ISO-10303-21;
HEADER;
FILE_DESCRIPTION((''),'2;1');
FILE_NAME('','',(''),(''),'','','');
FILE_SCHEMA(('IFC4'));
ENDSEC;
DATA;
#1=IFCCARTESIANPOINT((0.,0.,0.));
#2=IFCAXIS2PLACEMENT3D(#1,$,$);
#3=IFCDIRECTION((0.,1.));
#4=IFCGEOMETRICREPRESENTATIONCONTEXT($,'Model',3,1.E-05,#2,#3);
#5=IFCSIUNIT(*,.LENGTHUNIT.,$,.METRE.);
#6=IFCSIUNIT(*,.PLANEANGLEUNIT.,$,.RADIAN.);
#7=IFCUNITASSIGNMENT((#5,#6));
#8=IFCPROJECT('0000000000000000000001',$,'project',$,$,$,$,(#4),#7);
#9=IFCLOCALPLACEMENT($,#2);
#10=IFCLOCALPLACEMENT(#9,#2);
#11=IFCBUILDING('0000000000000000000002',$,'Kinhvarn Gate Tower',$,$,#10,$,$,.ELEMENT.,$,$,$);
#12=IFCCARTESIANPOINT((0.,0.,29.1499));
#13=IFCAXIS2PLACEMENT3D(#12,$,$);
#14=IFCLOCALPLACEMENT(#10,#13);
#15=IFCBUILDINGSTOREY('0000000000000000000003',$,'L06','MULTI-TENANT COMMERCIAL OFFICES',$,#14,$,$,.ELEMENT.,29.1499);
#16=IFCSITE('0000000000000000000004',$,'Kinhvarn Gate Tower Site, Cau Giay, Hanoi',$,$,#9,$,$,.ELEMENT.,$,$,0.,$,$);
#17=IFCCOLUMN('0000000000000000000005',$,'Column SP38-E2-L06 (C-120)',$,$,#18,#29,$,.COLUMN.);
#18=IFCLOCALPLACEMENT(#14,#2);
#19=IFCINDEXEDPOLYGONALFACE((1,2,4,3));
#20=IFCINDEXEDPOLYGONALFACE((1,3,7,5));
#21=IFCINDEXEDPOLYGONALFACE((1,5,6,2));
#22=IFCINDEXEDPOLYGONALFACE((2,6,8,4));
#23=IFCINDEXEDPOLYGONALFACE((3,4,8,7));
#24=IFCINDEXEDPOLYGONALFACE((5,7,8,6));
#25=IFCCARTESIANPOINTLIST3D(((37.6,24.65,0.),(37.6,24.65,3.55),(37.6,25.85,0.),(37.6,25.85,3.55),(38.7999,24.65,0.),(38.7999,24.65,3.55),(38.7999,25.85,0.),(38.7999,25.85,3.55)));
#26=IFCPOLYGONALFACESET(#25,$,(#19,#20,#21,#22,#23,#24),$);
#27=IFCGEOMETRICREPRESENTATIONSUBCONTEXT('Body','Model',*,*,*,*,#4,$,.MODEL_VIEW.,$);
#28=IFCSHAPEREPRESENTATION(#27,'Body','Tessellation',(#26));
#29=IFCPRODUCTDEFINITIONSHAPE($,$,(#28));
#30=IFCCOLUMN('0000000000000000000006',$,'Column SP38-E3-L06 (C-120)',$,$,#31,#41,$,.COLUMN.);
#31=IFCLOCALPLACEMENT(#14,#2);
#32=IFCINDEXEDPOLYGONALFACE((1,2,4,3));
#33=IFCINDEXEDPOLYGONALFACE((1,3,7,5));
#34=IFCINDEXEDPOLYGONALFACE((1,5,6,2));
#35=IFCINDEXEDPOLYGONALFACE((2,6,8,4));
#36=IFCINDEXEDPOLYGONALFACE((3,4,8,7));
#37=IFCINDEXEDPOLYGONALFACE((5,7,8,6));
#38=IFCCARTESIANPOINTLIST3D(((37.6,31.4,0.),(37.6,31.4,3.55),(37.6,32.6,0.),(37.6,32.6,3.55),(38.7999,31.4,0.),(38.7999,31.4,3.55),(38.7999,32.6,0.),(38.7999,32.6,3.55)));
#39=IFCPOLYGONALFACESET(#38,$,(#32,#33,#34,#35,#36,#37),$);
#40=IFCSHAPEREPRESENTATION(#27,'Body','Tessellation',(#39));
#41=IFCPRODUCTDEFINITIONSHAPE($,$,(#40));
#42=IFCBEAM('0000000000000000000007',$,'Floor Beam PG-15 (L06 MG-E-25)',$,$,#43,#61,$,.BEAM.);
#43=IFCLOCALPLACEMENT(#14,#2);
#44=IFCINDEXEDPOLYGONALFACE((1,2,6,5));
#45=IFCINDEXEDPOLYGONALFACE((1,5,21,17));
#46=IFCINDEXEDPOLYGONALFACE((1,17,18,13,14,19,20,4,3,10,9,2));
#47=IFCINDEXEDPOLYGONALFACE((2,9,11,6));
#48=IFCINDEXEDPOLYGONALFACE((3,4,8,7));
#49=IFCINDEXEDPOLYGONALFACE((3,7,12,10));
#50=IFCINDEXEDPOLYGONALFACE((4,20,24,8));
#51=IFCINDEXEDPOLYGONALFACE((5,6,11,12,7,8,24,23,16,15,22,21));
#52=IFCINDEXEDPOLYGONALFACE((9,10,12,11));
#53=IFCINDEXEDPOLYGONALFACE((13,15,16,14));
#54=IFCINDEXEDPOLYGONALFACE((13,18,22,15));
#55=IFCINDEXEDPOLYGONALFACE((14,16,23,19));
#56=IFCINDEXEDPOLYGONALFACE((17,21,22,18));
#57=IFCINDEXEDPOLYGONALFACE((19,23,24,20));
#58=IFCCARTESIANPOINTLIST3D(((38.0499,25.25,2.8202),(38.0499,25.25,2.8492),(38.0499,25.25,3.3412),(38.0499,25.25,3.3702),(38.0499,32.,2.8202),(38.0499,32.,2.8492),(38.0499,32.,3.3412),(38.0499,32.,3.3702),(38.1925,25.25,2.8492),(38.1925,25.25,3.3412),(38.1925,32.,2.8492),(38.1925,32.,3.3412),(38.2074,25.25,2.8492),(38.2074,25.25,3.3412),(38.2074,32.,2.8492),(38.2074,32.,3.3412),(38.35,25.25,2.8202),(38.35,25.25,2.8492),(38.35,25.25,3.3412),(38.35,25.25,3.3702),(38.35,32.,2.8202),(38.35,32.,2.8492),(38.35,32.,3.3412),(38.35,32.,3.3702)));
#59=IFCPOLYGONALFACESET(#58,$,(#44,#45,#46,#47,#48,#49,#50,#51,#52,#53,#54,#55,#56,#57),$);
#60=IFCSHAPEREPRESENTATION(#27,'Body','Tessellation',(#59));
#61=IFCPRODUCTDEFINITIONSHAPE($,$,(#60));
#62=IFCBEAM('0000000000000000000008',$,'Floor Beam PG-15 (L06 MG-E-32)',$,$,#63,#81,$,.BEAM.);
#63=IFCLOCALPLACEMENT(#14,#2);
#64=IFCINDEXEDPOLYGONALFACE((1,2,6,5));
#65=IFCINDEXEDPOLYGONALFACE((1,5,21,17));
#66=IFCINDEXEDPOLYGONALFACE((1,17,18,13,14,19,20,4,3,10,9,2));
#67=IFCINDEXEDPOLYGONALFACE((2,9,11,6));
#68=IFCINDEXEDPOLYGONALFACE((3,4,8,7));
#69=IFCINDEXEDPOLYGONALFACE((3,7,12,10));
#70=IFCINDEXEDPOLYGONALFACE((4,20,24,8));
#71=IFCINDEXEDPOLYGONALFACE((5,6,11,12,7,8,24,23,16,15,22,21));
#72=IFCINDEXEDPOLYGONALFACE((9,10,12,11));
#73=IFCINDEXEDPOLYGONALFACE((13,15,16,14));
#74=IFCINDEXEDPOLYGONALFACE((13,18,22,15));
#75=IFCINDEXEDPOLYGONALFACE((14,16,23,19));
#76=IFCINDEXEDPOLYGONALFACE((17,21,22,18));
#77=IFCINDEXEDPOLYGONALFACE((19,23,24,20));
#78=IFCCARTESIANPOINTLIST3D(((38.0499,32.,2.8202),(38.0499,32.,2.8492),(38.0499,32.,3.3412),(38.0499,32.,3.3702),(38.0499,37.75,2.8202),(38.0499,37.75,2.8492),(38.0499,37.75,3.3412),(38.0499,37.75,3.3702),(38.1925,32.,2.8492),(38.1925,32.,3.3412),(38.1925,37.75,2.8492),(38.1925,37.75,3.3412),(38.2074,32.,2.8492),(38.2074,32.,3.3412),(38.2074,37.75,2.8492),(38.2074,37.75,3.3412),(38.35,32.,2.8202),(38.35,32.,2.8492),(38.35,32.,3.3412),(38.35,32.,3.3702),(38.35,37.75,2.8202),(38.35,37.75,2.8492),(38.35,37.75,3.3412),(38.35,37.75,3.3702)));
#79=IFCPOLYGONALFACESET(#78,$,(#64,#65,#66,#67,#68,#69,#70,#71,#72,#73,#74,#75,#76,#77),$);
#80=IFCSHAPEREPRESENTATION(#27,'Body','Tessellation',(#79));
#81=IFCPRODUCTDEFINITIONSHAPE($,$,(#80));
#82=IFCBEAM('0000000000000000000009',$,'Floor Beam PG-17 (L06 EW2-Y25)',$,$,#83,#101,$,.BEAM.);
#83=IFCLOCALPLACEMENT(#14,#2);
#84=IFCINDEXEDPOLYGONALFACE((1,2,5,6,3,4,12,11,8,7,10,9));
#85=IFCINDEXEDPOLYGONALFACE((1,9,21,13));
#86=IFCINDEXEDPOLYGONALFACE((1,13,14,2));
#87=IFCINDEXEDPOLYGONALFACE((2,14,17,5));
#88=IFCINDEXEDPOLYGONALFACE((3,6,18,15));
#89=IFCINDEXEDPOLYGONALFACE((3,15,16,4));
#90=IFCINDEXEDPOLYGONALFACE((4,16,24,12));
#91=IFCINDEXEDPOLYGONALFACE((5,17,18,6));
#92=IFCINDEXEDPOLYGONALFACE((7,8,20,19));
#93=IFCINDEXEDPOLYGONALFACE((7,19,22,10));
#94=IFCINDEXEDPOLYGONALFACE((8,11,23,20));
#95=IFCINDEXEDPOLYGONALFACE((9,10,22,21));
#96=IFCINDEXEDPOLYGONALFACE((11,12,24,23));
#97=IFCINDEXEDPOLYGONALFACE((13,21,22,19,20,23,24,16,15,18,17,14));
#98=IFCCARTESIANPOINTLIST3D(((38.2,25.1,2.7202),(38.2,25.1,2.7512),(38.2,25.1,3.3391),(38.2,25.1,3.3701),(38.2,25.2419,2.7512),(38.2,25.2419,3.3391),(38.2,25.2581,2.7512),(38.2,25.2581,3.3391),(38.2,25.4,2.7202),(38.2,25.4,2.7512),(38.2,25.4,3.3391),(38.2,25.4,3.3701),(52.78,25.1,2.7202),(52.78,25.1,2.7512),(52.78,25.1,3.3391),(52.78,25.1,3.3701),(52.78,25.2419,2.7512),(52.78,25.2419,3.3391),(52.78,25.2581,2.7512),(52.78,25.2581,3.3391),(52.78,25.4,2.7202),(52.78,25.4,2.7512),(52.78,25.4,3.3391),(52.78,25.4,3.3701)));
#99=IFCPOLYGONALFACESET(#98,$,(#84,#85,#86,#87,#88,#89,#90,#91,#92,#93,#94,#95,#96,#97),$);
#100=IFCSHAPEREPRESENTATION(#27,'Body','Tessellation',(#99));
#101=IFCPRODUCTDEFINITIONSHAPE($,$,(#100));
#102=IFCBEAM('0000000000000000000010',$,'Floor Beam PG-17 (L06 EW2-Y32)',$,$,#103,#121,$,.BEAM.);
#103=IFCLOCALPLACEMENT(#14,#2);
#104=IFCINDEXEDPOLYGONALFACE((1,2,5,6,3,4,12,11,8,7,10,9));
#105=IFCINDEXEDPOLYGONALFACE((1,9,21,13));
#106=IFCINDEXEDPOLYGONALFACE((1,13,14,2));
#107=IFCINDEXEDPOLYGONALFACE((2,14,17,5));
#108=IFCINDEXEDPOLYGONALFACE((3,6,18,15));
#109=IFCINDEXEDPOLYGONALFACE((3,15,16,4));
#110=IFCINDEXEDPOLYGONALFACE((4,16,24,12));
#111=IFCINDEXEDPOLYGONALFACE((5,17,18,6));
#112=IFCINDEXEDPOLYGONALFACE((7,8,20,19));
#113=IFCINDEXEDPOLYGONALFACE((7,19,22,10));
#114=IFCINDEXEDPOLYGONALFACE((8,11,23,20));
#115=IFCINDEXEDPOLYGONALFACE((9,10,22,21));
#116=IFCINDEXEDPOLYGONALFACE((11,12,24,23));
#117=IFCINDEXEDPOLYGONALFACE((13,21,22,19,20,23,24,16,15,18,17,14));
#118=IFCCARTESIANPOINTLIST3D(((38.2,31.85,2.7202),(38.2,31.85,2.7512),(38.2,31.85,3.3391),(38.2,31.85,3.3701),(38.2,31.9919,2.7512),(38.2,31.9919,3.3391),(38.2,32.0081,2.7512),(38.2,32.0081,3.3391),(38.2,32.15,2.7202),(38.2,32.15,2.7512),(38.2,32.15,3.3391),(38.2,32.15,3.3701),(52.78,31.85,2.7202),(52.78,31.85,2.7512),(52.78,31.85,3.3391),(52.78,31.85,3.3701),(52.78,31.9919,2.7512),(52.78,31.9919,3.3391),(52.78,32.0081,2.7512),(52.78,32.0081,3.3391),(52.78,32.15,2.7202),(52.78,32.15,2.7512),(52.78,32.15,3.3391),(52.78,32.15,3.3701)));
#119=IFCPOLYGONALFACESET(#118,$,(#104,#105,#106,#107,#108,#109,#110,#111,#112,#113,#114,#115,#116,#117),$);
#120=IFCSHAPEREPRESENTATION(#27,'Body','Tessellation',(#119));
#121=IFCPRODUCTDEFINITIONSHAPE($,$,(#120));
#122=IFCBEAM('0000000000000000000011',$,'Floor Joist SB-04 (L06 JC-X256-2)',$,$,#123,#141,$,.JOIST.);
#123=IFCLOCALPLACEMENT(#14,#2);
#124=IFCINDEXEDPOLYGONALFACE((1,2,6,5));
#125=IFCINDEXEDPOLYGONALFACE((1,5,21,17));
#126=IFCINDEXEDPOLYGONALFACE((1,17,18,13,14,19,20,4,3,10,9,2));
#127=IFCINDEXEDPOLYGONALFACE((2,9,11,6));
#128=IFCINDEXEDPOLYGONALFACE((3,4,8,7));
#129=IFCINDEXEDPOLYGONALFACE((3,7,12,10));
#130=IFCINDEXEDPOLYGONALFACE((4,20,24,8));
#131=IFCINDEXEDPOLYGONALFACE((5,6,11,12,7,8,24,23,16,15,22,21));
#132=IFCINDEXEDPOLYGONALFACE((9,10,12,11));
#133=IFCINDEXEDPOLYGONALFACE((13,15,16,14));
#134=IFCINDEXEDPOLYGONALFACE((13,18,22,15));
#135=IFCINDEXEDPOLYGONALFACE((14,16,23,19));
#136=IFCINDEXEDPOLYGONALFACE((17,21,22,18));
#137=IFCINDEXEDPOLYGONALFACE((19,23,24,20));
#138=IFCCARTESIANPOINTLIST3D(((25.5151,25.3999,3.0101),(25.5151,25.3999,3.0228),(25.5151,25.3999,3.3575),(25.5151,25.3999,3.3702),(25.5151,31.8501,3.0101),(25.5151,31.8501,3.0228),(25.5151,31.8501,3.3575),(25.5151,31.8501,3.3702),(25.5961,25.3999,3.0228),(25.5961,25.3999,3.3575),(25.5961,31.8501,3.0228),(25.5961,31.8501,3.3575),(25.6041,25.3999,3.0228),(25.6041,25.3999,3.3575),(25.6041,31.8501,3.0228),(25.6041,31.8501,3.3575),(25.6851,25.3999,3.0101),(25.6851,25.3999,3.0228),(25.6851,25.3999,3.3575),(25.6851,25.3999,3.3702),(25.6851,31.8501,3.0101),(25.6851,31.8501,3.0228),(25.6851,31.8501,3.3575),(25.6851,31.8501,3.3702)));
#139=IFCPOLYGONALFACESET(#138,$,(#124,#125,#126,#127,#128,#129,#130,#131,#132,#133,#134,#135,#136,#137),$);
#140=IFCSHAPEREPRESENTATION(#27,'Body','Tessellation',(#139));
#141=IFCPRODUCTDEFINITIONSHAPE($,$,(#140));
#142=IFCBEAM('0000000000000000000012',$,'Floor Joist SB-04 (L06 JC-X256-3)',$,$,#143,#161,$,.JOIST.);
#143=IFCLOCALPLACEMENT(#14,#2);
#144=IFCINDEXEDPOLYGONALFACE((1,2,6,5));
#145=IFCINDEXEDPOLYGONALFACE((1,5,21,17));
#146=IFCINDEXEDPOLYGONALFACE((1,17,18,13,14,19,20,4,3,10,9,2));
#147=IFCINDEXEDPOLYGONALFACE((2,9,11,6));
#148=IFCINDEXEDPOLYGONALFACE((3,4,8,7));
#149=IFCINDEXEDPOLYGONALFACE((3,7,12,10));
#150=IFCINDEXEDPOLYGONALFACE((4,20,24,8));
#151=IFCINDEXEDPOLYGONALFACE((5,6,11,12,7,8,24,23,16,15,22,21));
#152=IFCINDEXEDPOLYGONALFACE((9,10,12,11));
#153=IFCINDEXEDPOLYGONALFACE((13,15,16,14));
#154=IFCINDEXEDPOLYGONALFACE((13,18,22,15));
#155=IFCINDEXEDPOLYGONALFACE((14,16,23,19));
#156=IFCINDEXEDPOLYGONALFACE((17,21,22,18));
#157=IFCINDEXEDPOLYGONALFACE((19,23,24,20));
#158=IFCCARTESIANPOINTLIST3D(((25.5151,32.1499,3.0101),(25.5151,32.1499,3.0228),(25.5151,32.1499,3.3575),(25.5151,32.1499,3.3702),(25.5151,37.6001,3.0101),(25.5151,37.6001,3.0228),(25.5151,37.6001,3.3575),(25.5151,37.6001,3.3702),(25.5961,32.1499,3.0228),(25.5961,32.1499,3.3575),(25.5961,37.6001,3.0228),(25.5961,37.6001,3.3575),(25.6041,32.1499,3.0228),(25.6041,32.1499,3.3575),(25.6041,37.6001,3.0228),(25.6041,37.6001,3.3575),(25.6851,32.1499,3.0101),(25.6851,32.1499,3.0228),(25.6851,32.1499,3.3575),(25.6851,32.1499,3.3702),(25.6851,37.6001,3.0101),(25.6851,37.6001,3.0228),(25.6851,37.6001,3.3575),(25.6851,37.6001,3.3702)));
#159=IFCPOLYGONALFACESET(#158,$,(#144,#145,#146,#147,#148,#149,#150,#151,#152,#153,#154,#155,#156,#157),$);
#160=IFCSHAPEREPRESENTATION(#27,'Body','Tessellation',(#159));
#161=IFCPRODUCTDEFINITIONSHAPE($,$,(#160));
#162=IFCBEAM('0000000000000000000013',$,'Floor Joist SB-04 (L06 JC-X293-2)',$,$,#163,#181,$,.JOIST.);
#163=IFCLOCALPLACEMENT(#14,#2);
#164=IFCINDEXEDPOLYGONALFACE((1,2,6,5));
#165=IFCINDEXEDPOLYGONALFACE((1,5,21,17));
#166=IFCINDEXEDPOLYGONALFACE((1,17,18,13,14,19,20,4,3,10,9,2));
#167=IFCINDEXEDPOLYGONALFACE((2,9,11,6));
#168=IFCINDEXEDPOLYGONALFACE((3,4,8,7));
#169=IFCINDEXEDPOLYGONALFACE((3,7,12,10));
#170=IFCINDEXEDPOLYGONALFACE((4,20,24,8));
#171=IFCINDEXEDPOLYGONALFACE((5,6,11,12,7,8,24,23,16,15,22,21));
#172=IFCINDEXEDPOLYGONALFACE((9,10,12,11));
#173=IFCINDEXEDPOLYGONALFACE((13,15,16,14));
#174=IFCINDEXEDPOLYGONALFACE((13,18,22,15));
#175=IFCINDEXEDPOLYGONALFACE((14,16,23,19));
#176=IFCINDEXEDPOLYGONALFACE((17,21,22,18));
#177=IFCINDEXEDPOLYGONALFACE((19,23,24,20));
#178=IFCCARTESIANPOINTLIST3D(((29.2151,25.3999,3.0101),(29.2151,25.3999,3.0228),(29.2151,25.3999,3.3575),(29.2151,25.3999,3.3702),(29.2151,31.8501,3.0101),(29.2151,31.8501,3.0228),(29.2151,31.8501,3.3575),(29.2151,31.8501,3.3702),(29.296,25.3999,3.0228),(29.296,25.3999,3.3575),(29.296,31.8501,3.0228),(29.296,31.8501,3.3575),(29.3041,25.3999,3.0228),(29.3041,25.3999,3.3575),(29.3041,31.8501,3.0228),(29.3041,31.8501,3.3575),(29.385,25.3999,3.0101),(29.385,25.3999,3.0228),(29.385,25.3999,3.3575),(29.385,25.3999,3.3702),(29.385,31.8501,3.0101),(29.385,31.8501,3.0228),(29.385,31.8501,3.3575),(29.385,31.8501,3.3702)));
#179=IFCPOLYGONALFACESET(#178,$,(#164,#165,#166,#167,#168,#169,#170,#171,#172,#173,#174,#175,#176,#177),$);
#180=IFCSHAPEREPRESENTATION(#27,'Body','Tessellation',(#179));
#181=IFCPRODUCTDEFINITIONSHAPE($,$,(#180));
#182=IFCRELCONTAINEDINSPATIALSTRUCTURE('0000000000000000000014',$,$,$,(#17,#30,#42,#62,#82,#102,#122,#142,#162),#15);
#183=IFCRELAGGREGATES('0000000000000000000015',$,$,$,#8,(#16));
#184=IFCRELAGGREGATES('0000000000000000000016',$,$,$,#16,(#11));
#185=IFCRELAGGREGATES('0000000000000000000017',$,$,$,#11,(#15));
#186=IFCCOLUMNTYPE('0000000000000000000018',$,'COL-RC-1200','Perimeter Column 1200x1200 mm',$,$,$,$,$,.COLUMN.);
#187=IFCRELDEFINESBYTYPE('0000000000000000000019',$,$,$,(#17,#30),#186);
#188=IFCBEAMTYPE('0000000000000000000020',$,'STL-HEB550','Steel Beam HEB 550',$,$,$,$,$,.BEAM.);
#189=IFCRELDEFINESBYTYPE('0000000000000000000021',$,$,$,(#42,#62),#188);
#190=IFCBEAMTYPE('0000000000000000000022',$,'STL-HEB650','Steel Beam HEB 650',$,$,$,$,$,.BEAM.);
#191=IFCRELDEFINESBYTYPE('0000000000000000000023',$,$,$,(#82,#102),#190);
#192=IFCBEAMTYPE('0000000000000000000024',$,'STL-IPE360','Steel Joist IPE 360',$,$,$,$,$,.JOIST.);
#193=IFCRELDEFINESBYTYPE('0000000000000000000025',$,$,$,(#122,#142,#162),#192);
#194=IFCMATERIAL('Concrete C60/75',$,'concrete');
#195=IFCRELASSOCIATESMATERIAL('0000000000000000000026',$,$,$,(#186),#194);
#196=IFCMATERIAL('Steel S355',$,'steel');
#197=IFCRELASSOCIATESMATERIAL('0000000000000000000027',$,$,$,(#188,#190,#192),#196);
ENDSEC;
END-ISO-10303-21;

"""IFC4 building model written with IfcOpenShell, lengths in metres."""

from ifc_helpers import new_model, si_unit, direction, frame, origin, origin_2d, place, context, subcontext, project, spatial, rectangle, i_section, extrude, material, material_profile, profile_set, type_object, element, save


model = new_model("IFC4")

# Units and contexts
model_context = context("Model", 3, precision=1e-05, world=origin(), true_north=direction((0.0, 1.0)))
body_context = subcontext(model_context, "Body", "Model", "MODEL_VIEW")
ifc_project = project(units=[si_unit("LENGTHUNIT", "METRE"), si_unit("PLANEANGLEUNIT", "RADIAN")], contexts=[model_context])

# Site, building, storey
site_placement = place(None, origin())
site = spatial("IfcSite", under=ifc_project, at=site_placement, Name="Kinhvarn Gate Tower Site, Cau Giay, Hanoi", CompositionType="ELEMENT", RefElevation=0.0)
building_placement = place(site_placement, origin())
building = spatial("IfcBuilding", under=site, at=building_placement, Name="Kinhvarn Gate Tower", CompositionType="ELEMENT")
storey_placement = place(building_placement, frame((0.0, 0.0, 29.1499)))
storey = spatial("IfcBuildingStorey", under=building, at=storey_placement, Name="L06", Description="MULTI-TENANT COMMERCIAL OFFICES", CompositionType="ELEMENT", Elevation=29.1499)

# Columns
ifc_material_1 = material(Name="Concrete C60/75", Category="concrete")
ifc_material_profile_1 = material_profile(ifc_material_1, rectangle(XDim=1.2, YDim=1.2, at=origin_2d()), Name="RC 1200x1200")
ifc_profile_set_1 = profile_set([ifc_material_profile_1], Name="Concrete C60/75")
column_type = type_object("IfcColumnType", Name="COL-RC-1200", Description="Perimeter Column 1200x1200 mm", PredefinedType="COLUMN", material=ifc_profile_set_1)
for number, where, z_axis, x_axis, name in (
    (1, (38.2, 25.25, 0.0), (0.0, 0.0, 1.0), (1.0, 0.0, 0.0), "Column SP38-E2-L06 (C-120)"),
    (2, (38.2, 32.0, 0.0), (0.0, 0.0, 1.0), (1.0, 0.0, 0.0), "Column SP38-E3-L06 (C-120)"),
):
    element("IfcColumn", number, at=place(storey_placement, frame(where, z_axis=z_axis, x_axis=x_axis)), inside=storey, type_object=column_type, Name=name, PredefinedType="COLUMN", context=body_context, shape_type="SweptSolid", body=[
        extrude(rectangle(XDim=1.2, YDim=1.2, at=origin_2d()), origin(), (0.0, 0.0, 1.0), 3.55),
    ])

# Beams
ifc_material_2 = material(Name="Steel S355", Category="steel")
ifc_material_profile_2 = material_profile(ifc_material_2, i_section(OverallWidth=0.3, OverallDepth=0.55, WebThickness=0.0149, FlangeThickness=0.0291, at=origin_2d()), Name="HEB 550")
ifc_profile_set_2 = profile_set([ifc_material_profile_2], Name="Steel S355")
beam_type_1 = type_object("IfcBeamType", Name="STL-HEB550", Description="Steel Beam HEB 550", PredefinedType="BEAM", material=ifc_profile_set_2)
beam_1_placement = place(storey_placement, frame((38.2, 25.25, 3.0952), z_axis=(0.0, 1.0, 0.0), x_axis=(-1.0, 0.0, 0.0)))
element("IfcBeam", 3, at=beam_1_placement, inside=storey, type_object=beam_type_1, Name="Floor Beam PG-15 (L06 MG-E-25)", PredefinedType="BEAM", context=body_context, shape_type="SweptSolid", body=[
    extrude(i_section(OverallWidth=0.3, OverallDepth=0.55, WebThickness=0.0149, FlangeThickness=0.0291, at=origin_2d()), origin(), (0.0, 0.0, 1.0), 6.75),
])
beam_2_placement = place(storey_placement, frame((38.2, 32.0, 3.0952), z_axis=(0.0, 1.0, 0.0), x_axis=(-1.0, 0.0, 0.0)))
element("IfcBeam", 4, at=beam_2_placement, inside=storey, type_object=beam_type_1, Name="Floor Beam PG-15 (L06 MG-E-32)", PredefinedType="BEAM", context=body_context, shape_type="SweptSolid", body=[
    extrude(i_section(OverallWidth=0.3, OverallDepth=0.55, WebThickness=0.0149, FlangeThickness=0.0291, at=origin_2d()), origin(), (0.0, 0.0, 1.0), 5.75),
])
ifc_material_profile_3 = material_profile(ifc_material_2, i_section(OverallWidth=0.3, OverallDepth=0.6499, WebThickness=0.0161, FlangeThickness=0.031, at=origin_2d()), Name="HEB 650")
ifc_profile_set_3 = profile_set([ifc_material_profile_3], Name="Steel S355")
beam_type_2 = type_object("IfcBeamType", Name="STL-HEB650", Description="Steel Beam HEB 650", PredefinedType="BEAM", material=ifc_profile_set_3)
for number, where, z_axis, x_axis, name in (
    (5, (38.2, 25.25, 3.0452), (1.0, 0.0, 0.0), (0.0, 1.0, 0.0), "Floor Beam PG-17 (L06 EW2-Y25)"),
    (6, (38.2, 32.0, 3.0452), (1.0, 0.0, 0.0), (0.0, 1.0, 0.0), "Floor Beam PG-17 (L06 EW2-Y32)"),
):
    element("IfcBeam", number, at=place(storey_placement, frame(where, z_axis=z_axis, x_axis=x_axis)), inside=storey, type_object=beam_type_2, Name=name, PredefinedType="BEAM", context=body_context, shape_type="SweptSolid", body=[
        extrude(i_section(OverallWidth=0.3, OverallDepth=0.6499, WebThickness=0.0161, FlangeThickness=0.031, at=origin_2d()), origin(), (0.0, 0.0, 1.0), 14.5801),
    ])
ifc_material_profile_4 = material_profile(ifc_material_2, i_section(OverallWidth=0.1699, OverallDepth=0.3601, WebThickness=0.0081, FlangeThickness=0.0127, at=origin_2d()), Name="IPE 360")
ifc_profile_set_4 = profile_set([ifc_material_profile_4], Name="Steel S355")
beam_type_3 = type_object("IfcBeamType", Name="STL-IPE360", Description="Steel Joist IPE 360", PredefinedType="JOIST", material=ifc_profile_set_4)
beam_3_placement = place(storey_placement, frame((25.6001, 25.3999, 3.1902), z_axis=(0.0, 1.0, 0.0), x_axis=(-1.0, 0.0, 0.0)))
element("IfcBeam", 7, at=beam_3_placement, inside=storey, type_object=beam_type_3, Name="Floor Joist SB-04 (L06 JC-X256-2)", PredefinedType="JOIST", context=body_context, shape_type="SweptSolid", body=[
    extrude(i_section(OverallWidth=0.1699, OverallDepth=0.3601, WebThickness=0.0081, FlangeThickness=0.0127, at=origin_2d()), origin(), (0.0, 0.0, 1.0), 6.4502),
])
beam_4_placement = place(storey_placement, frame((25.6001, 32.1499, 3.1902), z_axis=(0.0, 1.0, 0.0), x_axis=(-1.0, 0.0, 0.0)))
element("IfcBeam", 8, at=beam_4_placement, inside=storey, type_object=beam_type_3, Name="Floor Joist SB-04 (L06 JC-X256-3)", PredefinedType="JOIST", context=body_context, shape_type="SweptSolid", body=[
    extrude(i_section(OverallWidth=0.1699, OverallDepth=0.3601, WebThickness=0.0081, FlangeThickness=0.0127, at=origin_2d()), origin(), (0.0, 0.0, 1.0), 5.4502),
])
beam_5_placement = place(storey_placement, frame((29.3, 25.3999, 3.1902), z_axis=(0.0, 1.0, 0.0), x_axis=(-1.0, 0.0, 0.0)))
element("IfcBeam", 9, at=beam_5_placement, inside=storey, type_object=beam_type_3, Name="Floor Joist SB-04 (L06 JC-X293-2)", PredefinedType="JOIST", context=body_context, shape_type="SweptSolid", body=[
    extrude(i_section(OverallWidth=0.1699, OverallDepth=0.3601, WebThickness=0.0081, FlangeThickness=0.0127, at=origin_2d()), origin(), (0.0, 0.0, 1.0), 6.4502),
])

save(model, "model.ifc")
